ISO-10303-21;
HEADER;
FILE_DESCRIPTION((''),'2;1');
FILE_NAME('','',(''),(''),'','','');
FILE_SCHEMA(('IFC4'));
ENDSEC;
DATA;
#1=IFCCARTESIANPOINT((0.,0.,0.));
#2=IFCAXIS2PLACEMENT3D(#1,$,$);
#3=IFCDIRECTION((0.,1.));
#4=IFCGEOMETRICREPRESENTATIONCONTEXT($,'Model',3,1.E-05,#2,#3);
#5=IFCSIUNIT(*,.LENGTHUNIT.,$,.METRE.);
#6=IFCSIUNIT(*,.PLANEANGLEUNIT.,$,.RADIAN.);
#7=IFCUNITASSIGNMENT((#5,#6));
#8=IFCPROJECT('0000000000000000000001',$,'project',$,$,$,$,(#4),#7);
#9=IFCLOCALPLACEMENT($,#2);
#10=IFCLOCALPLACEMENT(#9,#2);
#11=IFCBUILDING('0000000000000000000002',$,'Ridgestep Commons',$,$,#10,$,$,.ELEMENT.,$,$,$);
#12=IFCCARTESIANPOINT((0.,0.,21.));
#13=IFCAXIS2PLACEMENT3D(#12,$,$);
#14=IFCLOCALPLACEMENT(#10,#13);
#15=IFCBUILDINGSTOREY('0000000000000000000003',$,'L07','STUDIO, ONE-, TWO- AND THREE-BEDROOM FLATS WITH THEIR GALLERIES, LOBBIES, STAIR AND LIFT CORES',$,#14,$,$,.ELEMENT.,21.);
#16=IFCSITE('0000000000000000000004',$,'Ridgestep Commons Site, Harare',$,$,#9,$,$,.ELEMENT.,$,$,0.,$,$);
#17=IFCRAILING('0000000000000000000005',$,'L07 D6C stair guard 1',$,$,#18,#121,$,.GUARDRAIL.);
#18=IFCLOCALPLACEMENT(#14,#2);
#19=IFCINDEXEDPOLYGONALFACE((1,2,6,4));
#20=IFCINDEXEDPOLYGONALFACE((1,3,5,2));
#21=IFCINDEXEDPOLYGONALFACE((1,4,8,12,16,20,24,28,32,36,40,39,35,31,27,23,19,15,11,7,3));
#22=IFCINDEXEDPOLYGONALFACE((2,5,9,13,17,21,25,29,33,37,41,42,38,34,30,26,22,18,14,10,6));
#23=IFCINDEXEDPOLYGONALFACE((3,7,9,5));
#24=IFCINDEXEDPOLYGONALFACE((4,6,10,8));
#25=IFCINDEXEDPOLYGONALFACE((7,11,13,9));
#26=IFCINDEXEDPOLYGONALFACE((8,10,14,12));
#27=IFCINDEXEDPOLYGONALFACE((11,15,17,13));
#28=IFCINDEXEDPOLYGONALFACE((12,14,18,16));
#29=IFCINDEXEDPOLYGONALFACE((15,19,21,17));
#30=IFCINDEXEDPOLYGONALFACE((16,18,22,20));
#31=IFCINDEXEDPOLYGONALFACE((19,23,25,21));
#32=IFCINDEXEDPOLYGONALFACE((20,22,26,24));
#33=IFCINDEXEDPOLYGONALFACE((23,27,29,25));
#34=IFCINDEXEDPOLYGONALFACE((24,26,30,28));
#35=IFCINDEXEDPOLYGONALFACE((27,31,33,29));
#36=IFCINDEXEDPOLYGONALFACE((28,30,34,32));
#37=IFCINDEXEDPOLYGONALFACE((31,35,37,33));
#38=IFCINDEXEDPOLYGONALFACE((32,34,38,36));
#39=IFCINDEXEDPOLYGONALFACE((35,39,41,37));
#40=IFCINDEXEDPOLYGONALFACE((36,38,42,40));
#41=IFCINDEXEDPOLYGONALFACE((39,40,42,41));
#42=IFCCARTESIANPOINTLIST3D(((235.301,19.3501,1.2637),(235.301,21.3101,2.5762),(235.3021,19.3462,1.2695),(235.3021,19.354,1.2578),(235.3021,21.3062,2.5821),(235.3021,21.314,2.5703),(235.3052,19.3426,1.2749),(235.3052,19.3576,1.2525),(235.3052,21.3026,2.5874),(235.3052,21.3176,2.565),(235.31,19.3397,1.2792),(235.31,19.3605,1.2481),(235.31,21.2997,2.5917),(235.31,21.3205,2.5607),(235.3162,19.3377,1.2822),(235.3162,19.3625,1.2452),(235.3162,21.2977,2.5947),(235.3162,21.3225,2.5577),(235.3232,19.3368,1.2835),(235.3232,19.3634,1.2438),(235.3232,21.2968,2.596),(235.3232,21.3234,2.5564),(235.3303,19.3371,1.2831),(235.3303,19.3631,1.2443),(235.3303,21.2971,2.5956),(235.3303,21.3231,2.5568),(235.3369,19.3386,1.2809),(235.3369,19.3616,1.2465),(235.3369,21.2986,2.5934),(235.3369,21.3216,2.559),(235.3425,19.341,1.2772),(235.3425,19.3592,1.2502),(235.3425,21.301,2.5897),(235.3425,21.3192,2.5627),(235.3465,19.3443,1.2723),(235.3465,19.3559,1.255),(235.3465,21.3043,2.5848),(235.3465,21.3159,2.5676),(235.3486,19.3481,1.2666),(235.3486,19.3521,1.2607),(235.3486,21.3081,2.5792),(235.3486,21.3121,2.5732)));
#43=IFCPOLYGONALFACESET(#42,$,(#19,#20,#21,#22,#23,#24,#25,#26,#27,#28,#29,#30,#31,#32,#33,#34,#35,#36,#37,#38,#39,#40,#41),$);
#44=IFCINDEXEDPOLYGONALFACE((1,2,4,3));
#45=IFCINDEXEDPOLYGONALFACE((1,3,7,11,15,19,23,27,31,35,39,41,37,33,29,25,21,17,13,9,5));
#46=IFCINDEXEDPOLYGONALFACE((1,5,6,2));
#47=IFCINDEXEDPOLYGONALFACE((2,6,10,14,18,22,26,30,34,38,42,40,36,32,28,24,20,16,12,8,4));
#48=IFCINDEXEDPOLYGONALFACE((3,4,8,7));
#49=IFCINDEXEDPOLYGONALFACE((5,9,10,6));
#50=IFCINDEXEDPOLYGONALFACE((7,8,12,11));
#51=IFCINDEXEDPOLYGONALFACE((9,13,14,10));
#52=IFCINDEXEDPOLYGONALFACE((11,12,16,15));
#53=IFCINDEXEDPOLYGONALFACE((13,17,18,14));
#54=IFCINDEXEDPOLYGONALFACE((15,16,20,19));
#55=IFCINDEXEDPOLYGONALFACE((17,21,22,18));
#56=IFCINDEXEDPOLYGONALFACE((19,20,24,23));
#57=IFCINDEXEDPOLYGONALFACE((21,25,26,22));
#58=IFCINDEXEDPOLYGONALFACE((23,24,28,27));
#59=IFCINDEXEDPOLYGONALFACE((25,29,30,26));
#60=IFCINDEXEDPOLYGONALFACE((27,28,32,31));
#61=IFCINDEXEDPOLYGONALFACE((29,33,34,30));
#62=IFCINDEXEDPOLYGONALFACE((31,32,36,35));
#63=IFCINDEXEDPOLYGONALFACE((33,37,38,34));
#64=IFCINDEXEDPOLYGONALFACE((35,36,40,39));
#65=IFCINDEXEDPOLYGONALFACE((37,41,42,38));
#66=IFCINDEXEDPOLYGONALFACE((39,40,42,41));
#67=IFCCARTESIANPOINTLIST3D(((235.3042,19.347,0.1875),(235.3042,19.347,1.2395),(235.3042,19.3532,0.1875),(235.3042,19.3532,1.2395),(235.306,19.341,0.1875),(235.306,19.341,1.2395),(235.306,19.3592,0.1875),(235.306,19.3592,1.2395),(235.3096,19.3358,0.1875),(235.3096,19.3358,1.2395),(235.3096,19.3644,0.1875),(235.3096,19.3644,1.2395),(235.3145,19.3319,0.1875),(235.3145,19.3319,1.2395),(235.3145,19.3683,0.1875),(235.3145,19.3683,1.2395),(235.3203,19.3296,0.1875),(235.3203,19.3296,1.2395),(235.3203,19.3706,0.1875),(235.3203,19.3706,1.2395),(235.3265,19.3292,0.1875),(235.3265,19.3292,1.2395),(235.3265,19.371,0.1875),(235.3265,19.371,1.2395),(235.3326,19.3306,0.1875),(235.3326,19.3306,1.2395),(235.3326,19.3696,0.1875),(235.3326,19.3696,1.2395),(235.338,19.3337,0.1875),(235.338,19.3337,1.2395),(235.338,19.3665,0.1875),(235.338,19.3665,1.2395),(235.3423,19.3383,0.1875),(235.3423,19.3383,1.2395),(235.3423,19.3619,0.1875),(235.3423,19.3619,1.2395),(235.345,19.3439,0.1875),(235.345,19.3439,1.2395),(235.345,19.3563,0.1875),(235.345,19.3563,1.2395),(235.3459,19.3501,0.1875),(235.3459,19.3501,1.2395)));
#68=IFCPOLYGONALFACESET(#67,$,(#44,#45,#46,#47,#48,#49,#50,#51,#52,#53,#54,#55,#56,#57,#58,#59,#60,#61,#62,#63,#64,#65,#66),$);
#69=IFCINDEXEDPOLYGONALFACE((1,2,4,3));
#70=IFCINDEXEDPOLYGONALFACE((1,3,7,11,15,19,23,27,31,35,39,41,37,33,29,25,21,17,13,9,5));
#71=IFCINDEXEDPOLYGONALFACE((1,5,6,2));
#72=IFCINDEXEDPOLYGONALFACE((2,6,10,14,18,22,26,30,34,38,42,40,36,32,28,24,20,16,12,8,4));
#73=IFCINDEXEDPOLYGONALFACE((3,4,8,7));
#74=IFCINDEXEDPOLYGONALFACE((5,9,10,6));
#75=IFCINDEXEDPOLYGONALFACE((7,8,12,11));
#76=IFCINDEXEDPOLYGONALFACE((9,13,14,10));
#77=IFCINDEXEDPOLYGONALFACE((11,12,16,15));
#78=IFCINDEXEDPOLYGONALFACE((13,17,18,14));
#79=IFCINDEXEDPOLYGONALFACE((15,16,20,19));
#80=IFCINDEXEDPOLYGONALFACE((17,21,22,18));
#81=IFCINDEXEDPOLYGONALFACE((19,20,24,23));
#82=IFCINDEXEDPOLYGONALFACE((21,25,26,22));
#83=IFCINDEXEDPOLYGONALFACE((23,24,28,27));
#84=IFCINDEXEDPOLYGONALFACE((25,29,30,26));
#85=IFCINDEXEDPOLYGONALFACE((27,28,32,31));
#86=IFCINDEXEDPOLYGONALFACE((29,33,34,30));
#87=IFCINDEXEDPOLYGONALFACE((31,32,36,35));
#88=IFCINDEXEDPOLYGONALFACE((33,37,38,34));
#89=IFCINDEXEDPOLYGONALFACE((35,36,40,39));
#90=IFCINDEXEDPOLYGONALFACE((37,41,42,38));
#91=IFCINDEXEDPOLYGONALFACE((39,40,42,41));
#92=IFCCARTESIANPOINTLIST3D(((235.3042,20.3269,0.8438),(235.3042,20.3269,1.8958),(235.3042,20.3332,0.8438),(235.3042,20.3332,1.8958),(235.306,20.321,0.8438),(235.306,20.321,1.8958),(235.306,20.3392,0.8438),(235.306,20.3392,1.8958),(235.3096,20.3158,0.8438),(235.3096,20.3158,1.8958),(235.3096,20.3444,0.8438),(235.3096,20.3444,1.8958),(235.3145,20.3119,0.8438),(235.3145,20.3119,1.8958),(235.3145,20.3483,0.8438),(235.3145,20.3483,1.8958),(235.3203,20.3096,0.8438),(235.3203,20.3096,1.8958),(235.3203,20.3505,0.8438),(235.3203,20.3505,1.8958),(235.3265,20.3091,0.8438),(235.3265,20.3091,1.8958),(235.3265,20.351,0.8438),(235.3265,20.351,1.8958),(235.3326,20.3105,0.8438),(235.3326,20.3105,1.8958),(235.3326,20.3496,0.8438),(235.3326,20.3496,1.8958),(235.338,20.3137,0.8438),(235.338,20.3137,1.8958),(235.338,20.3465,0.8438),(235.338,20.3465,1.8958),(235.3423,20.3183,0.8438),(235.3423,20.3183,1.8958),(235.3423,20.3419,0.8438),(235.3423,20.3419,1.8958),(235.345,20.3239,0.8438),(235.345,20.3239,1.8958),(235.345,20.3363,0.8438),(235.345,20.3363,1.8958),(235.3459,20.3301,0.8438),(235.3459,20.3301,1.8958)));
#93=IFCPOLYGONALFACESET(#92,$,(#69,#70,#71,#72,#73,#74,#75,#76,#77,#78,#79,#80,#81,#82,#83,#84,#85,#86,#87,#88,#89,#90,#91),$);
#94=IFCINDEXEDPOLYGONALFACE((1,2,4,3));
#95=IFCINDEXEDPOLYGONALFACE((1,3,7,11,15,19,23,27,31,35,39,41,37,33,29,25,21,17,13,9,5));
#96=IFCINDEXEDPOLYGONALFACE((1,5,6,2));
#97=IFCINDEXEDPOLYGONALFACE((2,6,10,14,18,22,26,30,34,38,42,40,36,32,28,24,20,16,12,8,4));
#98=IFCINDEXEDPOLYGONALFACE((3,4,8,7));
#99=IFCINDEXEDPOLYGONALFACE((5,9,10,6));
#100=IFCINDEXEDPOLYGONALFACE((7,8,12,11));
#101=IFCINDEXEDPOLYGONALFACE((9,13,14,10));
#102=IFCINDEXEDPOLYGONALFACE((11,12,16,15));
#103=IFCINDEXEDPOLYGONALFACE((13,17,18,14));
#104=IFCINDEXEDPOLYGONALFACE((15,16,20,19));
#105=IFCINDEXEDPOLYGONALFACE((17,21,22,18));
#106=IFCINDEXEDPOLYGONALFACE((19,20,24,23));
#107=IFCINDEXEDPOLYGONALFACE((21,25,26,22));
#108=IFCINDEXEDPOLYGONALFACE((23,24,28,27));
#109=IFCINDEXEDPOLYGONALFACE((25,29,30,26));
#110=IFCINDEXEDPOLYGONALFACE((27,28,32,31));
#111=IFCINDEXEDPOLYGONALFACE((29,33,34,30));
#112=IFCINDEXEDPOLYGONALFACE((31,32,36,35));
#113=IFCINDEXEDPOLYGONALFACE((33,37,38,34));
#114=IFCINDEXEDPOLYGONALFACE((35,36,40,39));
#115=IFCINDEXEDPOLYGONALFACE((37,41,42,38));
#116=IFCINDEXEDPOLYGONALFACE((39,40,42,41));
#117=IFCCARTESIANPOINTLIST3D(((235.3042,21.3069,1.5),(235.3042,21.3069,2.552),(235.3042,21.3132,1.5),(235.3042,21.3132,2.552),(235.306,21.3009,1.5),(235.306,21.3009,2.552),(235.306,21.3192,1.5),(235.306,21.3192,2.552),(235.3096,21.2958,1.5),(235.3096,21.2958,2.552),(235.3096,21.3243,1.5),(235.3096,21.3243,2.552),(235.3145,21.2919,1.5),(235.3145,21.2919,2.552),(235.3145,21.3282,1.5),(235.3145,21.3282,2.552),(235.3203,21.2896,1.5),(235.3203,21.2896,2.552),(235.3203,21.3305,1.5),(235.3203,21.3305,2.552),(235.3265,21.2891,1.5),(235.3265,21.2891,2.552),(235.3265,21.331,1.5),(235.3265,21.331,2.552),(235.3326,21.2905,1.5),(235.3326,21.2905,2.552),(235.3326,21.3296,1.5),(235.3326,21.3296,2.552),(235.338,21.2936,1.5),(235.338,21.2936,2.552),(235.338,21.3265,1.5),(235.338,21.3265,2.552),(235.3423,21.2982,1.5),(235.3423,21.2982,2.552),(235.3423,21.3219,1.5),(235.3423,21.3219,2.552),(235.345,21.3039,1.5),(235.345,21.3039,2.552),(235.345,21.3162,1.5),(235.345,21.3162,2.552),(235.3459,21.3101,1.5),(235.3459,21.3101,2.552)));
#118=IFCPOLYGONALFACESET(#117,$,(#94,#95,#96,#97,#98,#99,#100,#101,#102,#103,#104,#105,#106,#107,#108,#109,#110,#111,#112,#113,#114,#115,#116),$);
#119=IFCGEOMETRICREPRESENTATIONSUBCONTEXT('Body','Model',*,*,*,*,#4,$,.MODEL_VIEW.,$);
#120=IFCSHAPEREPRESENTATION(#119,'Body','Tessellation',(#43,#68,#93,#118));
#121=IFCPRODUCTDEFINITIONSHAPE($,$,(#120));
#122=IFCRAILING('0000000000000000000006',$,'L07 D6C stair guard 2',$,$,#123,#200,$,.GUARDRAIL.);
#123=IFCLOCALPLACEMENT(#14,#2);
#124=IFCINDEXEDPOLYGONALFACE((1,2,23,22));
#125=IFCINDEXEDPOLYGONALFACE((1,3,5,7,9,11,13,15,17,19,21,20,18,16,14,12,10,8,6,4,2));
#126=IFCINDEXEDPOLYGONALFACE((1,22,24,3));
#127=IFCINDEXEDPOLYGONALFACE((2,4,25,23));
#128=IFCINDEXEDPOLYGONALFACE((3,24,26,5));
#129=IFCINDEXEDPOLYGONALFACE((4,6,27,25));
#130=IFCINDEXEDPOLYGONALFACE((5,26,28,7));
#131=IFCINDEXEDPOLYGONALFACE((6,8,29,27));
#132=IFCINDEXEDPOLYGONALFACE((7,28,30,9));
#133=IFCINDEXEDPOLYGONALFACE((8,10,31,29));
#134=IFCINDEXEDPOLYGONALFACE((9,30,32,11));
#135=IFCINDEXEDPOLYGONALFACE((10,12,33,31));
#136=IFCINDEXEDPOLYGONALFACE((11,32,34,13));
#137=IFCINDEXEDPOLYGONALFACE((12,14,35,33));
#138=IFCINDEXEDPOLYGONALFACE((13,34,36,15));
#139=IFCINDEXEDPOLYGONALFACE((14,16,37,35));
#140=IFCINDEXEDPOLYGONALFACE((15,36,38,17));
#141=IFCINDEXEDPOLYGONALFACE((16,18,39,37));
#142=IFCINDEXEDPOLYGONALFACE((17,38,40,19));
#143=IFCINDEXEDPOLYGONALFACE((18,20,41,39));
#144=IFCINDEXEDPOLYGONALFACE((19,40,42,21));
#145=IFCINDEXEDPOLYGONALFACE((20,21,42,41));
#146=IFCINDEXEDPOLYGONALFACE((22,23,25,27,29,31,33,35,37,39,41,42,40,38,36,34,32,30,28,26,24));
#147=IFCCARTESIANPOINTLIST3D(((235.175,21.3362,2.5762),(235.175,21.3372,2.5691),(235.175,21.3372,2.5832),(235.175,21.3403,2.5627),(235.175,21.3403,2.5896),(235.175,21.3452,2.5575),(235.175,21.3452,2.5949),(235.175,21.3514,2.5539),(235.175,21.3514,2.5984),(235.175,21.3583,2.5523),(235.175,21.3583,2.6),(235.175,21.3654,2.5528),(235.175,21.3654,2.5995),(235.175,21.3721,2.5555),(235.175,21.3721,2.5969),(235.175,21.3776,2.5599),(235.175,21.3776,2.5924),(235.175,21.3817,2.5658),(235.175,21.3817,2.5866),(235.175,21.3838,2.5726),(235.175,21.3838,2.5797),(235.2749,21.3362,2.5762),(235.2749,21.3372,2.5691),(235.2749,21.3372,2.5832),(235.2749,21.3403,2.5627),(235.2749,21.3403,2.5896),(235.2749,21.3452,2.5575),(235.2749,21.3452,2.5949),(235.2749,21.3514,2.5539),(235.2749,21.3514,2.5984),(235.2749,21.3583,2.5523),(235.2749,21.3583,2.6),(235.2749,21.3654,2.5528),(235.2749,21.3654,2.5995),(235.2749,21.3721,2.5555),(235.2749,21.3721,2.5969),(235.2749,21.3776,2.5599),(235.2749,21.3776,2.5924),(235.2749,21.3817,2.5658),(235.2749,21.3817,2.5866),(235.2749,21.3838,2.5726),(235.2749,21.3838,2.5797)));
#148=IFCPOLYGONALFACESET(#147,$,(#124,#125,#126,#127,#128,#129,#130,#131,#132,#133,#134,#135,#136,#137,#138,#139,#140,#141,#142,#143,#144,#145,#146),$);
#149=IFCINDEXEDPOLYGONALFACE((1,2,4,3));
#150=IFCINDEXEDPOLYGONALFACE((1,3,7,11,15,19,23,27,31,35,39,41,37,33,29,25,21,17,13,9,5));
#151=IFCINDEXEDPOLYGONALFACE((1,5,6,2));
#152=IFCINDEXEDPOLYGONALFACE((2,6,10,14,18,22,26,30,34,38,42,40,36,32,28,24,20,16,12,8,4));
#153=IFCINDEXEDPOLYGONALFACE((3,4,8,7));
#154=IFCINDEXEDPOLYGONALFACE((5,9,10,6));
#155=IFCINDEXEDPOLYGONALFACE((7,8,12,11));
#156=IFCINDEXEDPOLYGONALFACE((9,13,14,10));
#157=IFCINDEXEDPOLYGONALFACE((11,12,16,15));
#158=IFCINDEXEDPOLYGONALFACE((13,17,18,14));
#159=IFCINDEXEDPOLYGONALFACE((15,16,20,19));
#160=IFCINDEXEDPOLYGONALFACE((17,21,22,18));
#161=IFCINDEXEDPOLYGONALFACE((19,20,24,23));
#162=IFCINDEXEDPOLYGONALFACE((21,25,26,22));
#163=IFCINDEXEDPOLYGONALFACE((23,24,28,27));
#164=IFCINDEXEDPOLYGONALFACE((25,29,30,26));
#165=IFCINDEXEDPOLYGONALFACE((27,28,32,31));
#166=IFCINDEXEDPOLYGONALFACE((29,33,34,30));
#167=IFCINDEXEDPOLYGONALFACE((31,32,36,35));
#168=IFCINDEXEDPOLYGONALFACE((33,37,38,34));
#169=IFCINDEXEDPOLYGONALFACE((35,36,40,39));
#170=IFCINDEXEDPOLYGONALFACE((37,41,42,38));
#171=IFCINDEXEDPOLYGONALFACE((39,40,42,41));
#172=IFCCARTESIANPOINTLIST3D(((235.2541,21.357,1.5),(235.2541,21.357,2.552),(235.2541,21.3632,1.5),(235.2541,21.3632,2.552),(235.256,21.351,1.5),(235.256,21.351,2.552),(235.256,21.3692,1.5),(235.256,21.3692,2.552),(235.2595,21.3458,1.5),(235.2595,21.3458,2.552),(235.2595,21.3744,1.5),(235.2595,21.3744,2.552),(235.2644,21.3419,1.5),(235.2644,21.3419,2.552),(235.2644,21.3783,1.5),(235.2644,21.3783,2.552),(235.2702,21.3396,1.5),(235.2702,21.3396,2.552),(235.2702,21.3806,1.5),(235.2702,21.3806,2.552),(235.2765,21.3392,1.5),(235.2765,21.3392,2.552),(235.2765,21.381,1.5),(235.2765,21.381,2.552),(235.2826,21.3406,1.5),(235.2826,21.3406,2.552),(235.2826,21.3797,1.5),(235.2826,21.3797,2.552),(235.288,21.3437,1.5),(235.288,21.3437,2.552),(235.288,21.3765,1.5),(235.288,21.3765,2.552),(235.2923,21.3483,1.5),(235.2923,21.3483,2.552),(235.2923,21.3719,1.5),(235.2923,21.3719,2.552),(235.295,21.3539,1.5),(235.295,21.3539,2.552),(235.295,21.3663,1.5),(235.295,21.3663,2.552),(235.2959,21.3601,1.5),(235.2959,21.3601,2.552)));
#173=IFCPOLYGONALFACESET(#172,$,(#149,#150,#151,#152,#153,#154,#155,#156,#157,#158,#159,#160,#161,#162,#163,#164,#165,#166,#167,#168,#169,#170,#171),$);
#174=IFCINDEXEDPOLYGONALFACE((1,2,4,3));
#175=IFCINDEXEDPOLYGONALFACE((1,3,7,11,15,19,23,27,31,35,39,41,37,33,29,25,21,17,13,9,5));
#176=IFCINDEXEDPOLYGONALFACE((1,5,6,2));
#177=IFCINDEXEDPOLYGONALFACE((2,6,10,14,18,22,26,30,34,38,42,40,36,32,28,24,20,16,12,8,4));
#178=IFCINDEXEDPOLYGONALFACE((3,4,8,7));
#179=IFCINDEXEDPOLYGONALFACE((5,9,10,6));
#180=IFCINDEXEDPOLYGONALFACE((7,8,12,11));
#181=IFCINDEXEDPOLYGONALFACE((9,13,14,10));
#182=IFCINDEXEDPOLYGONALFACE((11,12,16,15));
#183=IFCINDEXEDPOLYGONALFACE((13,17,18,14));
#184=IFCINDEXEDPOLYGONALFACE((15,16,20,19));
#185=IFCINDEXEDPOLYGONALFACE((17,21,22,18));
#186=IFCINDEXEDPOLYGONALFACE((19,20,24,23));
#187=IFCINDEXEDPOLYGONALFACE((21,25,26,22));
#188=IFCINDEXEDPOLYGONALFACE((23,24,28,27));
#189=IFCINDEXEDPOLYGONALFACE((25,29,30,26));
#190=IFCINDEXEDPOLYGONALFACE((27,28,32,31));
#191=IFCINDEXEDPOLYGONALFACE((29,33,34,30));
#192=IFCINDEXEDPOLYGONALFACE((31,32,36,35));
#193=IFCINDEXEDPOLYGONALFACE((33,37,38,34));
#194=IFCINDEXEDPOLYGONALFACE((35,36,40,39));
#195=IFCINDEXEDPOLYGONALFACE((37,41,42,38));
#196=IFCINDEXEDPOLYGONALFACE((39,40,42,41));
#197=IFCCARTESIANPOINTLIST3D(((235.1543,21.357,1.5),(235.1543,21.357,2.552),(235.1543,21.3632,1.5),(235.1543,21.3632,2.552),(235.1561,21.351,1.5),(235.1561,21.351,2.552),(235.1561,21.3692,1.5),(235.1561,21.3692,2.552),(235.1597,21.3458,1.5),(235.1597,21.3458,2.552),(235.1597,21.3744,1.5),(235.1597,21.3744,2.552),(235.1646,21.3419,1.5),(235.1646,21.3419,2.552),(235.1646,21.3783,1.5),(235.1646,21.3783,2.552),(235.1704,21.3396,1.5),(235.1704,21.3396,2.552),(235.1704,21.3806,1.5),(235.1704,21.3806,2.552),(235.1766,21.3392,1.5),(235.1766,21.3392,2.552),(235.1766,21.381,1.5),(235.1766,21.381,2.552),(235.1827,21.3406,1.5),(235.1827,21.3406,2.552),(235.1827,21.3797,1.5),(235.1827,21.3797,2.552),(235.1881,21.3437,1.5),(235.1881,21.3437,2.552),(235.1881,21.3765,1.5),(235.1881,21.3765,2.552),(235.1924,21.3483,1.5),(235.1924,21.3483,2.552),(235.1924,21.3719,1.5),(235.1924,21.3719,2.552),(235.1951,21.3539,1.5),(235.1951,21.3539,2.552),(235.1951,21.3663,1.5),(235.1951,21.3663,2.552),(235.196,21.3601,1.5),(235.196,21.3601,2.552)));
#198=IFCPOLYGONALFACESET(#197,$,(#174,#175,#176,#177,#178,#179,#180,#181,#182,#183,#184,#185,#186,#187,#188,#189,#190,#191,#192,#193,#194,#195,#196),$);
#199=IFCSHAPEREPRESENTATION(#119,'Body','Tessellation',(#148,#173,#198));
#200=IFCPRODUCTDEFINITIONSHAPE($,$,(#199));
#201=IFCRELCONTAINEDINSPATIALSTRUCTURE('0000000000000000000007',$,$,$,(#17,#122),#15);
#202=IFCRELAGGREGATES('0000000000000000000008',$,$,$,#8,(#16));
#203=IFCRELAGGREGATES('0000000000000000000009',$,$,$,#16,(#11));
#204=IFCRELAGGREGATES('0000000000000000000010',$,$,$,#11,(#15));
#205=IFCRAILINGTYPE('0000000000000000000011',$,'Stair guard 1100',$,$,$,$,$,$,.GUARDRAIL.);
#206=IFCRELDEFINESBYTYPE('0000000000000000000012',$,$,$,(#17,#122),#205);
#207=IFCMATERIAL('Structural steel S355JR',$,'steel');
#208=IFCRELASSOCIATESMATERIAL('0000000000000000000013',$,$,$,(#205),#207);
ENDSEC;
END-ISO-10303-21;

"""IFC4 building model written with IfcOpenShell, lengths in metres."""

from ifc_helpers import new_model, si_unit, direction, frame, origin, origin_2d, place, context, subcontext, project, spatial, circle, extrude, material, type_object, element, save


model = new_model("IFC4")

# Units and contexts
model_context = context("Model", 3, precision=1e-05, world=origin(), true_north=direction((0.0, 1.0)))
body_context = subcontext(model_context, "Body", "Model", "MODEL_VIEW")
ifc_project = project(units=[si_unit("LENGTHUNIT", "METRE"), si_unit("PLANEANGLEUNIT", "RADIAN")], contexts=[model_context])

# Site, building, storey
site_placement = place(None, origin())
site = spatial("IfcSite", under=ifc_project, at=site_placement, Name="Ridgestep Commons Site, Harare", CompositionType="ELEMENT", RefElevation=0.0)
building_placement = place(site_placement, origin())
building = spatial("IfcBuilding", under=site, at=building_placement, Name="Ridgestep Commons", CompositionType="ELEMENT")
storey_placement = place(building_placement, frame((0.0, 0.0, 21.0)))
storey = spatial("IfcBuildingStorey", under=building, at=storey_placement, Name="L07", Description="STUDIO, ONE-, TWO- AND THREE-BEDROOM FLATS WITH THEIR GALLERIES, LOBBIES, STAIR AND LIFT CORES", CompositionType="ELEMENT", Elevation=21.0)

# Railings
ifc_material_1 = material(Name="Structural steel S355JR", Category="steel")
railing_type_1 = type_object("IfcRailingType", Name="Stair guard 1100", PredefinedType="GUARDRAIL", material=ifc_material_1)
railing_1_placement = place(storey_placement, frame((235.325, 19.3501, 0.1875)))
element("IfcRailing", 1, at=railing_1_placement, inside=storey, type_object=railing_type_1, Name="L07 D6C stair guard 1", PredefinedType="GUARDRAIL", context=body_context, shape_type="SweptSolid", body=[
    extrude(circle(Radius=0.0239, at=origin_2d()), frame((0.0, 0.0, 1.0762), z_axis=(0.0, 0.830902, 0.556419), x_axis=(-1.0, 0.0, 0.0)), (0.0, 0.0, 1.0), 2.3589),
    extrude(circle(Radius=0.021, at=origin_2d()), origin(), (0.0, 0.0, 1.0), 1.052),
    extrude(circle(Radius=0.021, at=origin_2d()), frame((0.0, 0.98, 0.6562)), (0.0, 0.0, 1.0), 1.052),
    extrude(circle(Radius=0.021, at=origin_2d()), frame((0.0, 1.96, 1.3125)), (0.0, 0.0, 1.0), 1.052),
])
railing_2_placement = place(storey_placement, frame((235.2749, 21.3601, 1.5)))
element("IfcRailing", 2, at=railing_2_placement, inside=storey, type_object=railing_type_1, Name="L07 D6C stair guard 2", PredefinedType="GUARDRAIL", context=body_context, shape_type="SweptSolid", body=[
    extrude(circle(Radius=0.0239, at=origin_2d()), frame((0.0, 0.0, 1.0762), z_axis=(-1.0, 0.0, 0.0), x_axis=(0.0, -1.0, 0.0)), (0.0, 0.0, 1.0), 0.0999),
    extrude(circle(Radius=0.021, at=origin_2d()), origin(), (0.0, 0.0, 1.0), 1.052),
    extrude(circle(Radius=0.021, at=origin_2d()), frame((-0.0999, 0.0, 0.0)), (0.0, 0.0, 1.0), 1.052),
])

save(model, "model.ifc")
